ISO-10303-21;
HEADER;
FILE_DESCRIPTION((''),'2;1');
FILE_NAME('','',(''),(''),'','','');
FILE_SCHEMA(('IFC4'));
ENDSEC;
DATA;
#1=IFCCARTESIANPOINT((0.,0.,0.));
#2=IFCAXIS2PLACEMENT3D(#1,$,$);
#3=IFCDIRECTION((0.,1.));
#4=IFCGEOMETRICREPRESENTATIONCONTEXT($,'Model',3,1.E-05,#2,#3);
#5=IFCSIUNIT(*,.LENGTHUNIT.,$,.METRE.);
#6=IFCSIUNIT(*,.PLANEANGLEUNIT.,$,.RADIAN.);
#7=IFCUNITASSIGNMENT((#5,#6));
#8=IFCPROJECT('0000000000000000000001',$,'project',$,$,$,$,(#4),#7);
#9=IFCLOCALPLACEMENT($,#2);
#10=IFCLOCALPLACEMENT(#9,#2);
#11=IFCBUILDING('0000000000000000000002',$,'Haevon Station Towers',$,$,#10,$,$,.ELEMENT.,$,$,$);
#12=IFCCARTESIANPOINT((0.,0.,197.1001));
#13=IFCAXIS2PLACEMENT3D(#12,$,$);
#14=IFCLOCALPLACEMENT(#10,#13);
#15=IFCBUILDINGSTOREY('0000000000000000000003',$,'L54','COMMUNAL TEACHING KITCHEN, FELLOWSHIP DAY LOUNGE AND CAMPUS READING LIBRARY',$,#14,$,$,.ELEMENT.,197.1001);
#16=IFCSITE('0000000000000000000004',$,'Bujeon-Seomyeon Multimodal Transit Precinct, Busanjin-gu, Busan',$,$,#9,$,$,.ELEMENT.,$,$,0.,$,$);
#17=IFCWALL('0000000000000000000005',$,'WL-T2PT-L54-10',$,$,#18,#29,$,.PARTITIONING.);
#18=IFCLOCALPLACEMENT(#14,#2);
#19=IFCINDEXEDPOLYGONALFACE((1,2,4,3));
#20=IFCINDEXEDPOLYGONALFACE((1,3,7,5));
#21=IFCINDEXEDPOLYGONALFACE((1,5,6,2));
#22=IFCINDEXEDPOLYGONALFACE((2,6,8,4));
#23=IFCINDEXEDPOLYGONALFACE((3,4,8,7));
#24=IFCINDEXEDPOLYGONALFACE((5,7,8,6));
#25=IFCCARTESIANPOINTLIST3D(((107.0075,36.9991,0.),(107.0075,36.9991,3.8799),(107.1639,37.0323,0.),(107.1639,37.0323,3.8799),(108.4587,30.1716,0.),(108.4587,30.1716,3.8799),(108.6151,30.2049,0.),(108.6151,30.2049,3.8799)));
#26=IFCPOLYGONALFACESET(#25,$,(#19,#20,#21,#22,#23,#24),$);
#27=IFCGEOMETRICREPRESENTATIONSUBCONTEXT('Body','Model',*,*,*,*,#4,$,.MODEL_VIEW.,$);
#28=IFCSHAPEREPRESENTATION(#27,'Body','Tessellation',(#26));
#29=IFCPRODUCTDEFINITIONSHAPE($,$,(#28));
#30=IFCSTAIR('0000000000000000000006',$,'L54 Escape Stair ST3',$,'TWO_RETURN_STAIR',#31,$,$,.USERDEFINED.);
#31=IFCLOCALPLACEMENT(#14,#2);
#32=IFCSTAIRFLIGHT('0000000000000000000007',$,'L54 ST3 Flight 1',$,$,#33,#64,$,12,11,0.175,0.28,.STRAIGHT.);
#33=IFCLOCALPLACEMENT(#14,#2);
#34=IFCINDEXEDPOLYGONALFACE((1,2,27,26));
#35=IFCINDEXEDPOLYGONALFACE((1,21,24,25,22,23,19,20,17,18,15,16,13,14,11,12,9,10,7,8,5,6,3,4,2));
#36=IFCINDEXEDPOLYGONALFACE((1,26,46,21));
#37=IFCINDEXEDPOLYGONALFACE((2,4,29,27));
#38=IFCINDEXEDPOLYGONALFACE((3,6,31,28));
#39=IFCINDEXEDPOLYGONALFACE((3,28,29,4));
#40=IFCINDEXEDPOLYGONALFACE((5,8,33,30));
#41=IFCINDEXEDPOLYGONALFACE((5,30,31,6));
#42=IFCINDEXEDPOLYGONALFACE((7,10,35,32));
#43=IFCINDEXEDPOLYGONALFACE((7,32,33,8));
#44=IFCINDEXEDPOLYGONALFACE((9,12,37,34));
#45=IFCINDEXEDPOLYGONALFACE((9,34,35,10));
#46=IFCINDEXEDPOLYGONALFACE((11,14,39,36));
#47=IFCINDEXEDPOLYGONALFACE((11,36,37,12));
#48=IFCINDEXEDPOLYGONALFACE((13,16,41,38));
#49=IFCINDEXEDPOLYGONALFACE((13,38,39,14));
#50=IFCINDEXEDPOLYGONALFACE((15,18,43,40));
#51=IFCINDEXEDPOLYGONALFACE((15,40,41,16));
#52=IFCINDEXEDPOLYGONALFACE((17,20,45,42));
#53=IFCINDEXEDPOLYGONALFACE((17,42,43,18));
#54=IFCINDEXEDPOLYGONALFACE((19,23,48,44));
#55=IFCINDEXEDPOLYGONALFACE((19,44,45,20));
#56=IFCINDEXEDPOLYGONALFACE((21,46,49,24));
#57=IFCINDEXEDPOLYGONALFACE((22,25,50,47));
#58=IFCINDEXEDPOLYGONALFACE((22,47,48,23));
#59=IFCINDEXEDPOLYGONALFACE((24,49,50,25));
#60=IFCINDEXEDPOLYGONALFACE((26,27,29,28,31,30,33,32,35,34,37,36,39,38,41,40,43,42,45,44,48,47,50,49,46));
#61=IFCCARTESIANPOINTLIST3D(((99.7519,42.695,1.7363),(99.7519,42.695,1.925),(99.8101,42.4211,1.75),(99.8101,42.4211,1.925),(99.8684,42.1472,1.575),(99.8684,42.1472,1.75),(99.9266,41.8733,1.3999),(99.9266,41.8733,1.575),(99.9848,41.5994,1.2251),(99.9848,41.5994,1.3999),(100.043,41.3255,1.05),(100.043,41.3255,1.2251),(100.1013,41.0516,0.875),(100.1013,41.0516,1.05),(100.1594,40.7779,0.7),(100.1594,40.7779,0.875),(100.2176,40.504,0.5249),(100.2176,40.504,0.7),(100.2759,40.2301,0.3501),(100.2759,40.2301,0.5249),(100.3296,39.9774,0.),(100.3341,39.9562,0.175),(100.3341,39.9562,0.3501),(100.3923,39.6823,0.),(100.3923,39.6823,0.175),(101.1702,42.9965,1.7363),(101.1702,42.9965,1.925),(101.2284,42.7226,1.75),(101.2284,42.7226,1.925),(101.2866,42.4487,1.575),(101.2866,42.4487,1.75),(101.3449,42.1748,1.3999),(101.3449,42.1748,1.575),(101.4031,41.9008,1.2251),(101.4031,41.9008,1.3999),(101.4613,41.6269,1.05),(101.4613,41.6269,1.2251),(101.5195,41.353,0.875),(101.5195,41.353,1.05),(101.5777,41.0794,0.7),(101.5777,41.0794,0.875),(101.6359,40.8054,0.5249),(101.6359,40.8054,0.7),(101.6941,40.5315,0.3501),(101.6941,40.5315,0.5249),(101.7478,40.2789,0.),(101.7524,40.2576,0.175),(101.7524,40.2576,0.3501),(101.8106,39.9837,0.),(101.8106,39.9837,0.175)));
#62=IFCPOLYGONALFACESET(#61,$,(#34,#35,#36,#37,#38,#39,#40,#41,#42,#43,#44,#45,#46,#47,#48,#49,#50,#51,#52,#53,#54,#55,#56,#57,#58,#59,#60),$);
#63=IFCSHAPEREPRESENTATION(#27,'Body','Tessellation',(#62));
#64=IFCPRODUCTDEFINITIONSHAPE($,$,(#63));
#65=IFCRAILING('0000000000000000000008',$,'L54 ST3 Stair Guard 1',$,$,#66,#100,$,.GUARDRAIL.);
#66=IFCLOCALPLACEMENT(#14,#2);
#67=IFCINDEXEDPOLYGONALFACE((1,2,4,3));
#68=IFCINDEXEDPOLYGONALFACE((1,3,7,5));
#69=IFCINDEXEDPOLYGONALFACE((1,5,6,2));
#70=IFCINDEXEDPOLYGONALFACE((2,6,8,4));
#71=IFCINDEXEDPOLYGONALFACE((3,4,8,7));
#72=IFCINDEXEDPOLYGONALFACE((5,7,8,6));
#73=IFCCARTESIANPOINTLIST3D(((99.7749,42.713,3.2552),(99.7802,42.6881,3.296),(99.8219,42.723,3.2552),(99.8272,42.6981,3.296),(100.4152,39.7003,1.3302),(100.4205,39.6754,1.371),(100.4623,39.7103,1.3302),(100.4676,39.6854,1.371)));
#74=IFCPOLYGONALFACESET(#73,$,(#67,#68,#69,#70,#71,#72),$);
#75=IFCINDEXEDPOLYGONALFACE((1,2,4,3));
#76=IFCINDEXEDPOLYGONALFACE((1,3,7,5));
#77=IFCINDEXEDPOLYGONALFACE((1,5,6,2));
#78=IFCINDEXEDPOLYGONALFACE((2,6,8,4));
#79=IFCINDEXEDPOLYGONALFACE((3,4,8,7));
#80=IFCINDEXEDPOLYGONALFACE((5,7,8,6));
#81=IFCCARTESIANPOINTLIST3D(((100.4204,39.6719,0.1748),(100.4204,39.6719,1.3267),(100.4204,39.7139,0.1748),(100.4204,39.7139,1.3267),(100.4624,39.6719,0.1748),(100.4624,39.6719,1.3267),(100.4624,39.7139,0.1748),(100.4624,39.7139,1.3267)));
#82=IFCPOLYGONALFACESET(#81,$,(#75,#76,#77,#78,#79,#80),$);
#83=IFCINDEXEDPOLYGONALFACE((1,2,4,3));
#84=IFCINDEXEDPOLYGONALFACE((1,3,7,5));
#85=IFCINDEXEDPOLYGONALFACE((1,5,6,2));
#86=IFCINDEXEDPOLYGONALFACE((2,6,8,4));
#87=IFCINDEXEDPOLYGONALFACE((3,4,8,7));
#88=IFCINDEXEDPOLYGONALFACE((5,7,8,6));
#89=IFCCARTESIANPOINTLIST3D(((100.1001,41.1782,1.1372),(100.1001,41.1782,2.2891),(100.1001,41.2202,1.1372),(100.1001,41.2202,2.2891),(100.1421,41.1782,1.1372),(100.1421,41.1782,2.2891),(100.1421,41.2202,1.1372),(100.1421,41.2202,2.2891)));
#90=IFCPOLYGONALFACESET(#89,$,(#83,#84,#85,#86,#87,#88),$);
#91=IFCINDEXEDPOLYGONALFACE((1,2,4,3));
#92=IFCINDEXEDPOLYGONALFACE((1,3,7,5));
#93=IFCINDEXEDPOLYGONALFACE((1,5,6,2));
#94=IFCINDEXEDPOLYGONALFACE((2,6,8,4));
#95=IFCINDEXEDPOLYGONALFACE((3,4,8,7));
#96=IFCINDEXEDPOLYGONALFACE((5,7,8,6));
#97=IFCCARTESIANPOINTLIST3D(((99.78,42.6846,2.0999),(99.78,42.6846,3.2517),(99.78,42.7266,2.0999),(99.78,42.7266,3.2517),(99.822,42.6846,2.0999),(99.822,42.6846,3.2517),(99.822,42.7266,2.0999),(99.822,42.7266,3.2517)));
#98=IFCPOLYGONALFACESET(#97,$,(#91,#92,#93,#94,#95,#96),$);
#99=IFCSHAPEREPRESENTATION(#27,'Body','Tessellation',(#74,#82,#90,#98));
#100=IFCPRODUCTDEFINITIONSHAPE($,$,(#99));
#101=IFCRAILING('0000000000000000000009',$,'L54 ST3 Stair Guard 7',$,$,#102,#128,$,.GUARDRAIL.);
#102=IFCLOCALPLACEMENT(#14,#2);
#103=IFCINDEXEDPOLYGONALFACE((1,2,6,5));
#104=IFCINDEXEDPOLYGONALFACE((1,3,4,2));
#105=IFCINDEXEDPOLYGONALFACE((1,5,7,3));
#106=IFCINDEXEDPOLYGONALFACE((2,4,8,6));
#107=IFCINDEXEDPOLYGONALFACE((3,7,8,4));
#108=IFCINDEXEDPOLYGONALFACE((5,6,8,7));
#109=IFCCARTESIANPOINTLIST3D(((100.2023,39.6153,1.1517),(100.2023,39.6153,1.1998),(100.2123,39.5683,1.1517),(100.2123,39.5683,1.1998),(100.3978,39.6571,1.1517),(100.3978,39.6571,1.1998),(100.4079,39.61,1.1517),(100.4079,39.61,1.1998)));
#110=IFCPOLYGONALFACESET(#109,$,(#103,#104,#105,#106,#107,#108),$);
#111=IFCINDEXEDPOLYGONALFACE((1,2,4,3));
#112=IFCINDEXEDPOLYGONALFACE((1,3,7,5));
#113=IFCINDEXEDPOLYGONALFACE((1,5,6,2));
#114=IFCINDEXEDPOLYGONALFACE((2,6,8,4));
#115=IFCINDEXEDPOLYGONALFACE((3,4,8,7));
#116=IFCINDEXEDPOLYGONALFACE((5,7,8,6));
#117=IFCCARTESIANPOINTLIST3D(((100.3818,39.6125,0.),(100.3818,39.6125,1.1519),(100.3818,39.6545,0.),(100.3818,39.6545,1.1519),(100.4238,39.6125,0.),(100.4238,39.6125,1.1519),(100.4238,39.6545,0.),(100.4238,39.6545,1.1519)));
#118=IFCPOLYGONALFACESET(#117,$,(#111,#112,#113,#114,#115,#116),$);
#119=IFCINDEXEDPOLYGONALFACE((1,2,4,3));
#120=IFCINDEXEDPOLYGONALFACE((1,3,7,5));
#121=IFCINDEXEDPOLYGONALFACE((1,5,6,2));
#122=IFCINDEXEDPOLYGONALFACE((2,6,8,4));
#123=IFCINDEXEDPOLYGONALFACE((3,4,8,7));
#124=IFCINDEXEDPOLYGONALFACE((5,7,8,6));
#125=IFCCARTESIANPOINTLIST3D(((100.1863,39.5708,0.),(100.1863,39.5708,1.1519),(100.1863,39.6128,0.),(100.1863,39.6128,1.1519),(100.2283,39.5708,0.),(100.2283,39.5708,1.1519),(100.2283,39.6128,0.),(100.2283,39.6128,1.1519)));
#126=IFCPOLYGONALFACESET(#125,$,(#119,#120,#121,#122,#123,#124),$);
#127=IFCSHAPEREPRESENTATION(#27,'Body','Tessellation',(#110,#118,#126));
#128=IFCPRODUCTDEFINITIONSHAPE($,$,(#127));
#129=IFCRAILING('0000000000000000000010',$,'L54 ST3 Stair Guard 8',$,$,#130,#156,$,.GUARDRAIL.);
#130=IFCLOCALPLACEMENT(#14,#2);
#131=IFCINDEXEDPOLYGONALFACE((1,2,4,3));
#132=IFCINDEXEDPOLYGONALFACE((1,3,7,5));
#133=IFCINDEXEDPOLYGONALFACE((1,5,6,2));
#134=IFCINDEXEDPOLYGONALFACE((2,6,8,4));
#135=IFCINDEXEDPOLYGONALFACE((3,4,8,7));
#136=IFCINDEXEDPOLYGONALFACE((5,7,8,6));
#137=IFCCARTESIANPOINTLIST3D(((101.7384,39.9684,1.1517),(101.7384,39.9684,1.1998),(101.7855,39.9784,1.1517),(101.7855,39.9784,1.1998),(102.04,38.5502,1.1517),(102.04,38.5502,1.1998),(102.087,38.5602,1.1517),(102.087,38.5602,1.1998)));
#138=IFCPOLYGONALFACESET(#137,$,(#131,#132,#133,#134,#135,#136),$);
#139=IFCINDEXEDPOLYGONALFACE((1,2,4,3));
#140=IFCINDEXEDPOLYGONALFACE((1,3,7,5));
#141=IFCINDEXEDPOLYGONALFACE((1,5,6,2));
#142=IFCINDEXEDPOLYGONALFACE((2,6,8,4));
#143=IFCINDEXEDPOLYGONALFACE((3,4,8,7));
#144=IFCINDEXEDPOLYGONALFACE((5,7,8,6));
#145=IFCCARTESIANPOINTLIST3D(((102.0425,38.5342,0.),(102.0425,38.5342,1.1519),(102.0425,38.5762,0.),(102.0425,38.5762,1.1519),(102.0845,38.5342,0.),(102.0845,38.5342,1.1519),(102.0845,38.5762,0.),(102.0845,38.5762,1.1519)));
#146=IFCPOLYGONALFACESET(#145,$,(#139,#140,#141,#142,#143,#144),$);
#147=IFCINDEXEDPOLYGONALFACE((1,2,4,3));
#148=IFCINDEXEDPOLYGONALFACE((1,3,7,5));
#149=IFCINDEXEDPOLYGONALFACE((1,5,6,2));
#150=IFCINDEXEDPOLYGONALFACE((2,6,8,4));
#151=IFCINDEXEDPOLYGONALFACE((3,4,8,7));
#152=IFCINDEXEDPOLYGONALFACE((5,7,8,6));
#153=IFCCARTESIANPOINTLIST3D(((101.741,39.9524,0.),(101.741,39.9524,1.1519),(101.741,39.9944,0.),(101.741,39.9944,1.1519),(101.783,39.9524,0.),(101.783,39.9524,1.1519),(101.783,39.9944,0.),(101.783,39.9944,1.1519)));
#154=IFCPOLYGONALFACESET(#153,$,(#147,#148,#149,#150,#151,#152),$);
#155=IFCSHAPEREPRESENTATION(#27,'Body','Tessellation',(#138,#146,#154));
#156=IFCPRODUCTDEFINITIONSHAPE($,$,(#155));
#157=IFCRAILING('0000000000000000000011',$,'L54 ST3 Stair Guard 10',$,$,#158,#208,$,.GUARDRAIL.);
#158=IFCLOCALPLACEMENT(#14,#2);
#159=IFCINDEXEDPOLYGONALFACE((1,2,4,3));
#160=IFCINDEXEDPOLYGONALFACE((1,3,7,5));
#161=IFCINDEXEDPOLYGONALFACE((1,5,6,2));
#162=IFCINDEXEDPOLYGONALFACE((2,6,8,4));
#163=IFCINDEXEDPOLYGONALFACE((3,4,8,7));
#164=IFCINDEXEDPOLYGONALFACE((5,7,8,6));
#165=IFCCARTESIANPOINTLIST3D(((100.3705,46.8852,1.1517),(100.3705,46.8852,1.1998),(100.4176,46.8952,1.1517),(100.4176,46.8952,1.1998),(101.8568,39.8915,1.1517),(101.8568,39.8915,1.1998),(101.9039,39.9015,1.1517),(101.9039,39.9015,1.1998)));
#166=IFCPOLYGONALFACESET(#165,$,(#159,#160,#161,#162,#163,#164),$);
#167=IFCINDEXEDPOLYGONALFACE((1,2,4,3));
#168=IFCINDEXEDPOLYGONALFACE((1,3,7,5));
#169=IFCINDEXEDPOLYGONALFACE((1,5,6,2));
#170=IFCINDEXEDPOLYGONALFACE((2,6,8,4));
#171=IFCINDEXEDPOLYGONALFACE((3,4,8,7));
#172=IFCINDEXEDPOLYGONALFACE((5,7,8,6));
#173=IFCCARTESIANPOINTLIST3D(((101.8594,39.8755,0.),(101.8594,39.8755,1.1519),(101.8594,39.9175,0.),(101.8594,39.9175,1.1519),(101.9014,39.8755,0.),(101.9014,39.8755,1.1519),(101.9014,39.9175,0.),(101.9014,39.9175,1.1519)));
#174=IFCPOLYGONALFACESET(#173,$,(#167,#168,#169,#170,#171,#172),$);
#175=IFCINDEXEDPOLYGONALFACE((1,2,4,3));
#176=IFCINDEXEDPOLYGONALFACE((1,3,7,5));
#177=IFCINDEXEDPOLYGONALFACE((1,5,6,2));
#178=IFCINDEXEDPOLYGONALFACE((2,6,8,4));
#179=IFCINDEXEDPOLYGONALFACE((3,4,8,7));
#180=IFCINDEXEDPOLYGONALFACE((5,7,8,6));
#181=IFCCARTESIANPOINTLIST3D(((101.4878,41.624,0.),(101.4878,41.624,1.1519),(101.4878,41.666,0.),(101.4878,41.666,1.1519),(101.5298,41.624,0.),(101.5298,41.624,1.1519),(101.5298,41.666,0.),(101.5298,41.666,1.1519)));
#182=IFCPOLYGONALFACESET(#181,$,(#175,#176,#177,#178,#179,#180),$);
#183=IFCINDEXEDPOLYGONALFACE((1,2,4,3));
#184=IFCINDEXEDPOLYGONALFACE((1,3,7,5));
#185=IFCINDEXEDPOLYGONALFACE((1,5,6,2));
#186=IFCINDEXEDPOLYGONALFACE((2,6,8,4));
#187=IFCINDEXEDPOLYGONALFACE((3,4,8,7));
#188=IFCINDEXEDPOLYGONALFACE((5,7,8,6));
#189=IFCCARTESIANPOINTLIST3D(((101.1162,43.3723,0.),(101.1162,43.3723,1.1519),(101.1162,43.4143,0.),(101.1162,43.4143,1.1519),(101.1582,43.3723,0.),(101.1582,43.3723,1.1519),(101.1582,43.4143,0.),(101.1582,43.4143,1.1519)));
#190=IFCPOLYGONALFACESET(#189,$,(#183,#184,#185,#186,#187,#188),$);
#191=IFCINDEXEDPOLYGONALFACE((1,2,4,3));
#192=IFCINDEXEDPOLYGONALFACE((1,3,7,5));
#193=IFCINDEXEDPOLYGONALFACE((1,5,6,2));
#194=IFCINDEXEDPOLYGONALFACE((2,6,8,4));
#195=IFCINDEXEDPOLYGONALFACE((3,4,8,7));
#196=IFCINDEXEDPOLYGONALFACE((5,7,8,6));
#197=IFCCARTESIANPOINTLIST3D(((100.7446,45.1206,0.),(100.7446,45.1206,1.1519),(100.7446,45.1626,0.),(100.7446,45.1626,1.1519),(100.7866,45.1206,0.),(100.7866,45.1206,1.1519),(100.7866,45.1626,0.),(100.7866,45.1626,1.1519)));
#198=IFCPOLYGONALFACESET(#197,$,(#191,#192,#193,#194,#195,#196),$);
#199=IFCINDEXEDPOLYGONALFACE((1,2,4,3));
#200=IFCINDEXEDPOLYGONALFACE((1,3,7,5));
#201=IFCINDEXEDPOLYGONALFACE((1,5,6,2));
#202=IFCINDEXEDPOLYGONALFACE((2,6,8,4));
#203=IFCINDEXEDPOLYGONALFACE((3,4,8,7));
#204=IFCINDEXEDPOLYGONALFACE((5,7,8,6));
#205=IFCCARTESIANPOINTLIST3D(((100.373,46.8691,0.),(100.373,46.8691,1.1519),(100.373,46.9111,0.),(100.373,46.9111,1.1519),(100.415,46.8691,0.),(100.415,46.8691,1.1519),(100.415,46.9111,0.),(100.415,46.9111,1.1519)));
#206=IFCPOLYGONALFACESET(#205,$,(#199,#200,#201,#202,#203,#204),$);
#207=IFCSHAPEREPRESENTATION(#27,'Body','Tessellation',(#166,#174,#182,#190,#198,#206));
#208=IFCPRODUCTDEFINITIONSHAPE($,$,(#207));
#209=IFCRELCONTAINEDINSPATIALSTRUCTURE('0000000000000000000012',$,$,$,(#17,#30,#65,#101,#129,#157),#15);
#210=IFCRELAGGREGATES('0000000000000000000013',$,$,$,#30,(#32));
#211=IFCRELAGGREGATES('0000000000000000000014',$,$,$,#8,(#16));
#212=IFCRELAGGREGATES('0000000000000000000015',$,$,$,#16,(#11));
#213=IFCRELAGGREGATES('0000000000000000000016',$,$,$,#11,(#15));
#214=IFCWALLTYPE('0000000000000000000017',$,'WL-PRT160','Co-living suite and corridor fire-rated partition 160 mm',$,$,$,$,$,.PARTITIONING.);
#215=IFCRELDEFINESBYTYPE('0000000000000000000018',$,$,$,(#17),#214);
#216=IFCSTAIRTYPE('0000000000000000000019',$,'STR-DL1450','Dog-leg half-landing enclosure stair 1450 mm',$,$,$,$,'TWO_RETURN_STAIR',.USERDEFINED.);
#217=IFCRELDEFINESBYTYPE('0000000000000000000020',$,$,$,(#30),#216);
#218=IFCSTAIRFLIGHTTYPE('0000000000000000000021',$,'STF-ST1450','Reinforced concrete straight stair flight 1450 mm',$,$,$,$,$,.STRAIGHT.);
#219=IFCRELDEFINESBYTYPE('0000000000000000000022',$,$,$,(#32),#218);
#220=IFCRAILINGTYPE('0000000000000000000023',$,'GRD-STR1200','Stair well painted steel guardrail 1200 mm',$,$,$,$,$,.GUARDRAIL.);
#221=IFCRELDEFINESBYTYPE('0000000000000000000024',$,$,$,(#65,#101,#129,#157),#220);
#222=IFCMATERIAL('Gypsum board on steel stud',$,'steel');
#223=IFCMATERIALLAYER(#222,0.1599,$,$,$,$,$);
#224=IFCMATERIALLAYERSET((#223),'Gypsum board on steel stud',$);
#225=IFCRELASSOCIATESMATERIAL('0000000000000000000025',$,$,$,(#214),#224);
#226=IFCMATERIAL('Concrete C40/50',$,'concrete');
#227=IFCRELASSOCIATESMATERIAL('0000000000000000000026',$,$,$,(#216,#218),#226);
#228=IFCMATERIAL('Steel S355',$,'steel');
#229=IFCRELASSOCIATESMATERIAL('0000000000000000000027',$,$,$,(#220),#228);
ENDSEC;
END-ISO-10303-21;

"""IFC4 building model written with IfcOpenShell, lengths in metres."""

from ifc_helpers import new_model, si_unit, direction, frame, frame_2d, origin, origin_2d, place, context, subcontext, project, spatial, polyline, rectangle, outline, extrude, material, layer, layer_set, type_object, element, aggregate, save


model = new_model("IFC4")

# Units and contexts
model_context = context("Model", 3, precision=1e-05, world=origin(), true_north=direction((0.0, 1.0)))
body_context = subcontext(model_context, "Body", "Model", "MODEL_VIEW")
ifc_project = project(units=[si_unit("LENGTHUNIT", "METRE"), si_unit("PLANEANGLEUNIT", "RADIAN")], contexts=[model_context])

# Site, building, storey
site_placement = place(None, origin())
site = spatial("IfcSite", under=ifc_project, at=site_placement, Name="Bujeon-Seomyeon Multimodal Transit Precinct, Busanjin-gu, Busan", CompositionType="ELEMENT", RefElevation=0.0)
building_placement = place(site_placement, origin())
building = spatial("IfcBuilding", under=site, at=building_placement, Name="Haevon Station Towers", CompositionType="ELEMENT")
storey_placement = place(building_placement, frame((0.0, 0.0, 197.1001)))
storey = spatial("IfcBuildingStorey", under=building, at=storey_placement, Name="L54", Description="COMMUNAL TEACHING KITCHEN, FELLOWSHIP DAY LOUNGE AND CAMPUS READING LIBRARY", CompositionType="ELEMENT", Elevation=197.1001)

# Shared definitions
ifc_material_1 = material(Name="Steel S355", Category="steel")

# Shared definitions
ifc_material_2 = material(Name="Gypsum board on steel stud", Category="steel")

# Wall
ifc_layer_1 = layer(ifc_material_2, 0.1599)
ifc_layer_set_1 = layer_set([ifc_layer_1], Name="Gypsum board on steel stud")
wall_type_1 = type_object("IfcWallType", Name="WL-PRT160", Description="Co-living suite and corridor fire-rated partition 160 mm", PredefinedType="PARTITIONING", material=ifc_layer_set_1)
for number, where, z_axis, x_axis, name in (
    (1, (108.5369, 30.1882, 0.0), (0.0, 0.0, 1.0), (-0.207907, 0.978149, 0.0), "WL-T2PT-L54-10"),
):
    element("IfcWall", number, at=place(storey_placement, frame(where, z_axis=z_axis, x_axis=x_axis)), inside=storey, type_object=wall_type_1, Name=name, PredefinedType="PARTITIONING", context=body_context, shape_type="SweptSolid", body=[
        extrude(rectangle(XDim=6.98, YDim=0.1599, at=frame_2d((3.49, 0.0))), origin(), (0.0, 0.0, 1.0), 3.8799),
    ])

# Stair, stair flight
ifc_material_3 = material(Name="Concrete C40/50", Category="concrete")
stair_type = type_object("IfcStairType", Name="STR-DL1450", Description="Dog-leg half-landing enclosure stair 1450 mm", ElementType="TWO_RETURN_STAIR", PredefinedType="USERDEFINED", material=ifc_material_3)
stair_placement = place(storey_placement, origin())
stair = element("IfcStair", 2, at=stair_placement, inside=storey, type_object=stair_type, Name="L54 Escape Stair ST3", ObjectType="TWO_RETURN_STAIR", PredefinedType="USERDEFINED")
stair_flight_type = type_object("IfcStairFlightType", Name="STF-ST1450", Description="Reinforced concrete straight stair flight 1450 mm", PredefinedType="STRAIGHT", material=ifc_material_3)
stair_flight_placement = place(storey_placement, frame((101.1016, 39.833, 0.0), z_axis=(0.0, 0.0, 1.0), x_axis=(-0.207912, 0.978148, 0.0)))
stair_flight = element("IfcStairFlight", 3, at=stair_flight_placement, type_object=stair_flight_type, Name="L54 ST3 Flight 1", NumberOfRisers=12, NumberOfTreads=11, PredefinedType="STRAIGHT", RiserHeight=0.175, TreadLength=0.28, context=body_context, shape_type="SweptSolid", body=[
    extrude(outline(polyline([(0.0, 0.0), (0.0, 0.175), (0.28, 0.175), (0.28, 0.3501), (0.5601, 0.3501), (0.5601, 0.5249), (0.8401, 0.5249), (0.8401, 0.7), (1.1201, 0.7), (1.1201, 0.875), (1.3999, 0.875), (1.3999, 1.05), (1.6799, 1.05), (1.6799, 1.2251), (1.96, 1.2251), (1.96, 1.3999), (2.24, 1.3999), (2.24, 1.575), (2.52, 1.575), (2.52, 1.75), (2.8, 1.75), (2.8, 1.925), (3.0801, 1.925), (3.0801, 2.1001), (3.0801, 1.7363), (0.3018, 0.0), (0.0, 0.0)])), frame((0.0, 0.7251, 0.0), z_axis=(0.0, -1.0, 0.0), x_axis=(1.0, 0.0, 0.0)), (0.0, 0.0, 1.0), 1.45),
])
aggregate(stair, [stair_flight])

# Railings
railing_type = type_object("IfcRailingType", Name="GRD-STR1200", Description="Stair well painted steel guardrail 1200 mm", PredefinedType="GUARDRAIL", material=ifc_material_1)
railing_1_placement = place(storey_placement, frame((100.4414, 39.6929, 0.1748)))
element("IfcRailing", 4, at=railing_1_placement, inside=storey, type_object=railing_type, Name="L54 ST3 Stair Guard 1", PredefinedType="GUARDRAIL", context=body_context, shape_type="SweptSolid", body=[
    extrude(rectangle(XDim=0.0481, YDim=0.0481, at=origin_2d()), frame((0.0, 0.0, 1.1758), z_axis=(-0.176311, 0.829461, 0.530008), x_axis=(-0.978147, -0.207916, 0.0)), (0.0, 0.0, 1.0), 3.6321),
    extrude(rectangle(XDim=0.042, YDim=0.042, at=origin_2d()), origin(), (0.0, 0.0, 1.0), 1.1519),
    extrude(rectangle(XDim=0.042, YDim=0.042, at=origin_2d()), frame((-0.3203, 1.5063, 0.9624)), (0.0, 0.0, 1.0), 1.1519),
    extrude(rectangle(XDim=0.042, YDim=0.042, at=origin_2d()), frame((-0.6404, 3.0127, 1.925)), (0.0, 0.0, 1.0), 1.1519),
])
railing_2_placement = place(storey_placement, frame((100.4028, 39.6335, 0.0)))
element("IfcRailing", 5, at=railing_2_placement, inside=storey, type_object=railing_type, Name="L54 ST3 Stair Guard 7", PredefinedType="GUARDRAIL", context=body_context, shape_type="SweptSolid", body=[
    extrude(rectangle(XDim=0.0481, YDim=0.0481, at=origin_2d()), frame((0.0, 0.0, 1.1758), z_axis=(-0.977963, -0.208779, 0.0), x_axis=(0.208779, -0.977963, 0.0)), (0.0, 0.0, 1.0), 0.2),
    extrude(rectangle(XDim=0.042, YDim=0.042, at=origin_2d()), origin(), (0.0, 0.0, 1.0), 1.1519),
    extrude(rectangle(XDim=0.042, YDim=0.042, at=origin_2d()), frame((-0.1956, -0.0417, 0.0)), (0.0, 0.0, 1.0), 1.1519),
])
railing_3_placement = place(storey_placement, frame((102.0635, 38.5552, 0.0)))
element("IfcRailing", 6, at=railing_3_placement, inside=storey, type_object=railing_type, Name="L54 ST3 Stair Guard 8", PredefinedType="GUARDRAIL", context=body_context, shape_type="SweptSolid", body=[
    extrude(rectangle(XDim=0.0481, YDim=0.0481, at=origin_2d()), frame((0.0, 0.0, 1.1758), z_axis=(-0.207953, 0.978139, 0.0), x_axis=(-0.978139, -0.207953, 0.0)), (0.0, 0.0, 1.0), 1.45),
    extrude(rectangle(XDim=0.042, YDim=0.042, at=origin_2d()), origin(), (0.0, 0.0, 1.0), 1.1519),
    extrude(rectangle(XDim=0.042, YDim=0.042, at=origin_2d()), frame((-0.3015, 1.4182, 0.0)), (0.0, 0.0, 1.0), 1.1519),
])
railing_4_placement = place(storey_placement, frame((101.8804, 39.8965, 0.0)))
element("IfcRailing", 7, at=railing_4_placement, inside=storey, type_object=railing_type, Name="L54 ST3 Stair Guard 10", PredefinedType="GUARDRAIL", context=body_context, shape_type="SweptSolid", body=[
    extrude(rectangle(XDim=0.0481, YDim=0.0481, at=origin_2d()), frame((0.0, 0.0, 1.1758), z_axis=(-0.207882, 0.978154, 0.0), x_axis=(-0.978154, -0.207882, 0.0)), (0.0, 0.0, 1.0), 7.1499),
    extrude(rectangle(XDim=0.042, YDim=0.042, at=origin_2d()), origin(), (0.0, 0.0, 1.0), 1.1519),
    extrude(rectangle(XDim=0.042, YDim=0.042, at=origin_2d()), frame((-0.3716, 1.7485, 0.0)), (0.0, 0.0, 1.0), 1.1519),
    extrude(rectangle(XDim=0.042, YDim=0.042, at=origin_2d()), frame((-0.7432, 3.4968, 0.0)), (0.0, 0.0, 1.0), 1.1519),
    extrude(rectangle(XDim=0.042, YDim=0.042, at=origin_2d()), frame((-1.1147, 5.2451, 0.0)), (0.0, 0.0, 1.0), 1.1519),
    extrude(rectangle(XDim=0.042, YDim=0.042, at=origin_2d()), frame((-1.4863, 6.9937, 0.0)), (0.0, 0.0, 1.0), 1.1519),
])

save(model, "model.ifc")
